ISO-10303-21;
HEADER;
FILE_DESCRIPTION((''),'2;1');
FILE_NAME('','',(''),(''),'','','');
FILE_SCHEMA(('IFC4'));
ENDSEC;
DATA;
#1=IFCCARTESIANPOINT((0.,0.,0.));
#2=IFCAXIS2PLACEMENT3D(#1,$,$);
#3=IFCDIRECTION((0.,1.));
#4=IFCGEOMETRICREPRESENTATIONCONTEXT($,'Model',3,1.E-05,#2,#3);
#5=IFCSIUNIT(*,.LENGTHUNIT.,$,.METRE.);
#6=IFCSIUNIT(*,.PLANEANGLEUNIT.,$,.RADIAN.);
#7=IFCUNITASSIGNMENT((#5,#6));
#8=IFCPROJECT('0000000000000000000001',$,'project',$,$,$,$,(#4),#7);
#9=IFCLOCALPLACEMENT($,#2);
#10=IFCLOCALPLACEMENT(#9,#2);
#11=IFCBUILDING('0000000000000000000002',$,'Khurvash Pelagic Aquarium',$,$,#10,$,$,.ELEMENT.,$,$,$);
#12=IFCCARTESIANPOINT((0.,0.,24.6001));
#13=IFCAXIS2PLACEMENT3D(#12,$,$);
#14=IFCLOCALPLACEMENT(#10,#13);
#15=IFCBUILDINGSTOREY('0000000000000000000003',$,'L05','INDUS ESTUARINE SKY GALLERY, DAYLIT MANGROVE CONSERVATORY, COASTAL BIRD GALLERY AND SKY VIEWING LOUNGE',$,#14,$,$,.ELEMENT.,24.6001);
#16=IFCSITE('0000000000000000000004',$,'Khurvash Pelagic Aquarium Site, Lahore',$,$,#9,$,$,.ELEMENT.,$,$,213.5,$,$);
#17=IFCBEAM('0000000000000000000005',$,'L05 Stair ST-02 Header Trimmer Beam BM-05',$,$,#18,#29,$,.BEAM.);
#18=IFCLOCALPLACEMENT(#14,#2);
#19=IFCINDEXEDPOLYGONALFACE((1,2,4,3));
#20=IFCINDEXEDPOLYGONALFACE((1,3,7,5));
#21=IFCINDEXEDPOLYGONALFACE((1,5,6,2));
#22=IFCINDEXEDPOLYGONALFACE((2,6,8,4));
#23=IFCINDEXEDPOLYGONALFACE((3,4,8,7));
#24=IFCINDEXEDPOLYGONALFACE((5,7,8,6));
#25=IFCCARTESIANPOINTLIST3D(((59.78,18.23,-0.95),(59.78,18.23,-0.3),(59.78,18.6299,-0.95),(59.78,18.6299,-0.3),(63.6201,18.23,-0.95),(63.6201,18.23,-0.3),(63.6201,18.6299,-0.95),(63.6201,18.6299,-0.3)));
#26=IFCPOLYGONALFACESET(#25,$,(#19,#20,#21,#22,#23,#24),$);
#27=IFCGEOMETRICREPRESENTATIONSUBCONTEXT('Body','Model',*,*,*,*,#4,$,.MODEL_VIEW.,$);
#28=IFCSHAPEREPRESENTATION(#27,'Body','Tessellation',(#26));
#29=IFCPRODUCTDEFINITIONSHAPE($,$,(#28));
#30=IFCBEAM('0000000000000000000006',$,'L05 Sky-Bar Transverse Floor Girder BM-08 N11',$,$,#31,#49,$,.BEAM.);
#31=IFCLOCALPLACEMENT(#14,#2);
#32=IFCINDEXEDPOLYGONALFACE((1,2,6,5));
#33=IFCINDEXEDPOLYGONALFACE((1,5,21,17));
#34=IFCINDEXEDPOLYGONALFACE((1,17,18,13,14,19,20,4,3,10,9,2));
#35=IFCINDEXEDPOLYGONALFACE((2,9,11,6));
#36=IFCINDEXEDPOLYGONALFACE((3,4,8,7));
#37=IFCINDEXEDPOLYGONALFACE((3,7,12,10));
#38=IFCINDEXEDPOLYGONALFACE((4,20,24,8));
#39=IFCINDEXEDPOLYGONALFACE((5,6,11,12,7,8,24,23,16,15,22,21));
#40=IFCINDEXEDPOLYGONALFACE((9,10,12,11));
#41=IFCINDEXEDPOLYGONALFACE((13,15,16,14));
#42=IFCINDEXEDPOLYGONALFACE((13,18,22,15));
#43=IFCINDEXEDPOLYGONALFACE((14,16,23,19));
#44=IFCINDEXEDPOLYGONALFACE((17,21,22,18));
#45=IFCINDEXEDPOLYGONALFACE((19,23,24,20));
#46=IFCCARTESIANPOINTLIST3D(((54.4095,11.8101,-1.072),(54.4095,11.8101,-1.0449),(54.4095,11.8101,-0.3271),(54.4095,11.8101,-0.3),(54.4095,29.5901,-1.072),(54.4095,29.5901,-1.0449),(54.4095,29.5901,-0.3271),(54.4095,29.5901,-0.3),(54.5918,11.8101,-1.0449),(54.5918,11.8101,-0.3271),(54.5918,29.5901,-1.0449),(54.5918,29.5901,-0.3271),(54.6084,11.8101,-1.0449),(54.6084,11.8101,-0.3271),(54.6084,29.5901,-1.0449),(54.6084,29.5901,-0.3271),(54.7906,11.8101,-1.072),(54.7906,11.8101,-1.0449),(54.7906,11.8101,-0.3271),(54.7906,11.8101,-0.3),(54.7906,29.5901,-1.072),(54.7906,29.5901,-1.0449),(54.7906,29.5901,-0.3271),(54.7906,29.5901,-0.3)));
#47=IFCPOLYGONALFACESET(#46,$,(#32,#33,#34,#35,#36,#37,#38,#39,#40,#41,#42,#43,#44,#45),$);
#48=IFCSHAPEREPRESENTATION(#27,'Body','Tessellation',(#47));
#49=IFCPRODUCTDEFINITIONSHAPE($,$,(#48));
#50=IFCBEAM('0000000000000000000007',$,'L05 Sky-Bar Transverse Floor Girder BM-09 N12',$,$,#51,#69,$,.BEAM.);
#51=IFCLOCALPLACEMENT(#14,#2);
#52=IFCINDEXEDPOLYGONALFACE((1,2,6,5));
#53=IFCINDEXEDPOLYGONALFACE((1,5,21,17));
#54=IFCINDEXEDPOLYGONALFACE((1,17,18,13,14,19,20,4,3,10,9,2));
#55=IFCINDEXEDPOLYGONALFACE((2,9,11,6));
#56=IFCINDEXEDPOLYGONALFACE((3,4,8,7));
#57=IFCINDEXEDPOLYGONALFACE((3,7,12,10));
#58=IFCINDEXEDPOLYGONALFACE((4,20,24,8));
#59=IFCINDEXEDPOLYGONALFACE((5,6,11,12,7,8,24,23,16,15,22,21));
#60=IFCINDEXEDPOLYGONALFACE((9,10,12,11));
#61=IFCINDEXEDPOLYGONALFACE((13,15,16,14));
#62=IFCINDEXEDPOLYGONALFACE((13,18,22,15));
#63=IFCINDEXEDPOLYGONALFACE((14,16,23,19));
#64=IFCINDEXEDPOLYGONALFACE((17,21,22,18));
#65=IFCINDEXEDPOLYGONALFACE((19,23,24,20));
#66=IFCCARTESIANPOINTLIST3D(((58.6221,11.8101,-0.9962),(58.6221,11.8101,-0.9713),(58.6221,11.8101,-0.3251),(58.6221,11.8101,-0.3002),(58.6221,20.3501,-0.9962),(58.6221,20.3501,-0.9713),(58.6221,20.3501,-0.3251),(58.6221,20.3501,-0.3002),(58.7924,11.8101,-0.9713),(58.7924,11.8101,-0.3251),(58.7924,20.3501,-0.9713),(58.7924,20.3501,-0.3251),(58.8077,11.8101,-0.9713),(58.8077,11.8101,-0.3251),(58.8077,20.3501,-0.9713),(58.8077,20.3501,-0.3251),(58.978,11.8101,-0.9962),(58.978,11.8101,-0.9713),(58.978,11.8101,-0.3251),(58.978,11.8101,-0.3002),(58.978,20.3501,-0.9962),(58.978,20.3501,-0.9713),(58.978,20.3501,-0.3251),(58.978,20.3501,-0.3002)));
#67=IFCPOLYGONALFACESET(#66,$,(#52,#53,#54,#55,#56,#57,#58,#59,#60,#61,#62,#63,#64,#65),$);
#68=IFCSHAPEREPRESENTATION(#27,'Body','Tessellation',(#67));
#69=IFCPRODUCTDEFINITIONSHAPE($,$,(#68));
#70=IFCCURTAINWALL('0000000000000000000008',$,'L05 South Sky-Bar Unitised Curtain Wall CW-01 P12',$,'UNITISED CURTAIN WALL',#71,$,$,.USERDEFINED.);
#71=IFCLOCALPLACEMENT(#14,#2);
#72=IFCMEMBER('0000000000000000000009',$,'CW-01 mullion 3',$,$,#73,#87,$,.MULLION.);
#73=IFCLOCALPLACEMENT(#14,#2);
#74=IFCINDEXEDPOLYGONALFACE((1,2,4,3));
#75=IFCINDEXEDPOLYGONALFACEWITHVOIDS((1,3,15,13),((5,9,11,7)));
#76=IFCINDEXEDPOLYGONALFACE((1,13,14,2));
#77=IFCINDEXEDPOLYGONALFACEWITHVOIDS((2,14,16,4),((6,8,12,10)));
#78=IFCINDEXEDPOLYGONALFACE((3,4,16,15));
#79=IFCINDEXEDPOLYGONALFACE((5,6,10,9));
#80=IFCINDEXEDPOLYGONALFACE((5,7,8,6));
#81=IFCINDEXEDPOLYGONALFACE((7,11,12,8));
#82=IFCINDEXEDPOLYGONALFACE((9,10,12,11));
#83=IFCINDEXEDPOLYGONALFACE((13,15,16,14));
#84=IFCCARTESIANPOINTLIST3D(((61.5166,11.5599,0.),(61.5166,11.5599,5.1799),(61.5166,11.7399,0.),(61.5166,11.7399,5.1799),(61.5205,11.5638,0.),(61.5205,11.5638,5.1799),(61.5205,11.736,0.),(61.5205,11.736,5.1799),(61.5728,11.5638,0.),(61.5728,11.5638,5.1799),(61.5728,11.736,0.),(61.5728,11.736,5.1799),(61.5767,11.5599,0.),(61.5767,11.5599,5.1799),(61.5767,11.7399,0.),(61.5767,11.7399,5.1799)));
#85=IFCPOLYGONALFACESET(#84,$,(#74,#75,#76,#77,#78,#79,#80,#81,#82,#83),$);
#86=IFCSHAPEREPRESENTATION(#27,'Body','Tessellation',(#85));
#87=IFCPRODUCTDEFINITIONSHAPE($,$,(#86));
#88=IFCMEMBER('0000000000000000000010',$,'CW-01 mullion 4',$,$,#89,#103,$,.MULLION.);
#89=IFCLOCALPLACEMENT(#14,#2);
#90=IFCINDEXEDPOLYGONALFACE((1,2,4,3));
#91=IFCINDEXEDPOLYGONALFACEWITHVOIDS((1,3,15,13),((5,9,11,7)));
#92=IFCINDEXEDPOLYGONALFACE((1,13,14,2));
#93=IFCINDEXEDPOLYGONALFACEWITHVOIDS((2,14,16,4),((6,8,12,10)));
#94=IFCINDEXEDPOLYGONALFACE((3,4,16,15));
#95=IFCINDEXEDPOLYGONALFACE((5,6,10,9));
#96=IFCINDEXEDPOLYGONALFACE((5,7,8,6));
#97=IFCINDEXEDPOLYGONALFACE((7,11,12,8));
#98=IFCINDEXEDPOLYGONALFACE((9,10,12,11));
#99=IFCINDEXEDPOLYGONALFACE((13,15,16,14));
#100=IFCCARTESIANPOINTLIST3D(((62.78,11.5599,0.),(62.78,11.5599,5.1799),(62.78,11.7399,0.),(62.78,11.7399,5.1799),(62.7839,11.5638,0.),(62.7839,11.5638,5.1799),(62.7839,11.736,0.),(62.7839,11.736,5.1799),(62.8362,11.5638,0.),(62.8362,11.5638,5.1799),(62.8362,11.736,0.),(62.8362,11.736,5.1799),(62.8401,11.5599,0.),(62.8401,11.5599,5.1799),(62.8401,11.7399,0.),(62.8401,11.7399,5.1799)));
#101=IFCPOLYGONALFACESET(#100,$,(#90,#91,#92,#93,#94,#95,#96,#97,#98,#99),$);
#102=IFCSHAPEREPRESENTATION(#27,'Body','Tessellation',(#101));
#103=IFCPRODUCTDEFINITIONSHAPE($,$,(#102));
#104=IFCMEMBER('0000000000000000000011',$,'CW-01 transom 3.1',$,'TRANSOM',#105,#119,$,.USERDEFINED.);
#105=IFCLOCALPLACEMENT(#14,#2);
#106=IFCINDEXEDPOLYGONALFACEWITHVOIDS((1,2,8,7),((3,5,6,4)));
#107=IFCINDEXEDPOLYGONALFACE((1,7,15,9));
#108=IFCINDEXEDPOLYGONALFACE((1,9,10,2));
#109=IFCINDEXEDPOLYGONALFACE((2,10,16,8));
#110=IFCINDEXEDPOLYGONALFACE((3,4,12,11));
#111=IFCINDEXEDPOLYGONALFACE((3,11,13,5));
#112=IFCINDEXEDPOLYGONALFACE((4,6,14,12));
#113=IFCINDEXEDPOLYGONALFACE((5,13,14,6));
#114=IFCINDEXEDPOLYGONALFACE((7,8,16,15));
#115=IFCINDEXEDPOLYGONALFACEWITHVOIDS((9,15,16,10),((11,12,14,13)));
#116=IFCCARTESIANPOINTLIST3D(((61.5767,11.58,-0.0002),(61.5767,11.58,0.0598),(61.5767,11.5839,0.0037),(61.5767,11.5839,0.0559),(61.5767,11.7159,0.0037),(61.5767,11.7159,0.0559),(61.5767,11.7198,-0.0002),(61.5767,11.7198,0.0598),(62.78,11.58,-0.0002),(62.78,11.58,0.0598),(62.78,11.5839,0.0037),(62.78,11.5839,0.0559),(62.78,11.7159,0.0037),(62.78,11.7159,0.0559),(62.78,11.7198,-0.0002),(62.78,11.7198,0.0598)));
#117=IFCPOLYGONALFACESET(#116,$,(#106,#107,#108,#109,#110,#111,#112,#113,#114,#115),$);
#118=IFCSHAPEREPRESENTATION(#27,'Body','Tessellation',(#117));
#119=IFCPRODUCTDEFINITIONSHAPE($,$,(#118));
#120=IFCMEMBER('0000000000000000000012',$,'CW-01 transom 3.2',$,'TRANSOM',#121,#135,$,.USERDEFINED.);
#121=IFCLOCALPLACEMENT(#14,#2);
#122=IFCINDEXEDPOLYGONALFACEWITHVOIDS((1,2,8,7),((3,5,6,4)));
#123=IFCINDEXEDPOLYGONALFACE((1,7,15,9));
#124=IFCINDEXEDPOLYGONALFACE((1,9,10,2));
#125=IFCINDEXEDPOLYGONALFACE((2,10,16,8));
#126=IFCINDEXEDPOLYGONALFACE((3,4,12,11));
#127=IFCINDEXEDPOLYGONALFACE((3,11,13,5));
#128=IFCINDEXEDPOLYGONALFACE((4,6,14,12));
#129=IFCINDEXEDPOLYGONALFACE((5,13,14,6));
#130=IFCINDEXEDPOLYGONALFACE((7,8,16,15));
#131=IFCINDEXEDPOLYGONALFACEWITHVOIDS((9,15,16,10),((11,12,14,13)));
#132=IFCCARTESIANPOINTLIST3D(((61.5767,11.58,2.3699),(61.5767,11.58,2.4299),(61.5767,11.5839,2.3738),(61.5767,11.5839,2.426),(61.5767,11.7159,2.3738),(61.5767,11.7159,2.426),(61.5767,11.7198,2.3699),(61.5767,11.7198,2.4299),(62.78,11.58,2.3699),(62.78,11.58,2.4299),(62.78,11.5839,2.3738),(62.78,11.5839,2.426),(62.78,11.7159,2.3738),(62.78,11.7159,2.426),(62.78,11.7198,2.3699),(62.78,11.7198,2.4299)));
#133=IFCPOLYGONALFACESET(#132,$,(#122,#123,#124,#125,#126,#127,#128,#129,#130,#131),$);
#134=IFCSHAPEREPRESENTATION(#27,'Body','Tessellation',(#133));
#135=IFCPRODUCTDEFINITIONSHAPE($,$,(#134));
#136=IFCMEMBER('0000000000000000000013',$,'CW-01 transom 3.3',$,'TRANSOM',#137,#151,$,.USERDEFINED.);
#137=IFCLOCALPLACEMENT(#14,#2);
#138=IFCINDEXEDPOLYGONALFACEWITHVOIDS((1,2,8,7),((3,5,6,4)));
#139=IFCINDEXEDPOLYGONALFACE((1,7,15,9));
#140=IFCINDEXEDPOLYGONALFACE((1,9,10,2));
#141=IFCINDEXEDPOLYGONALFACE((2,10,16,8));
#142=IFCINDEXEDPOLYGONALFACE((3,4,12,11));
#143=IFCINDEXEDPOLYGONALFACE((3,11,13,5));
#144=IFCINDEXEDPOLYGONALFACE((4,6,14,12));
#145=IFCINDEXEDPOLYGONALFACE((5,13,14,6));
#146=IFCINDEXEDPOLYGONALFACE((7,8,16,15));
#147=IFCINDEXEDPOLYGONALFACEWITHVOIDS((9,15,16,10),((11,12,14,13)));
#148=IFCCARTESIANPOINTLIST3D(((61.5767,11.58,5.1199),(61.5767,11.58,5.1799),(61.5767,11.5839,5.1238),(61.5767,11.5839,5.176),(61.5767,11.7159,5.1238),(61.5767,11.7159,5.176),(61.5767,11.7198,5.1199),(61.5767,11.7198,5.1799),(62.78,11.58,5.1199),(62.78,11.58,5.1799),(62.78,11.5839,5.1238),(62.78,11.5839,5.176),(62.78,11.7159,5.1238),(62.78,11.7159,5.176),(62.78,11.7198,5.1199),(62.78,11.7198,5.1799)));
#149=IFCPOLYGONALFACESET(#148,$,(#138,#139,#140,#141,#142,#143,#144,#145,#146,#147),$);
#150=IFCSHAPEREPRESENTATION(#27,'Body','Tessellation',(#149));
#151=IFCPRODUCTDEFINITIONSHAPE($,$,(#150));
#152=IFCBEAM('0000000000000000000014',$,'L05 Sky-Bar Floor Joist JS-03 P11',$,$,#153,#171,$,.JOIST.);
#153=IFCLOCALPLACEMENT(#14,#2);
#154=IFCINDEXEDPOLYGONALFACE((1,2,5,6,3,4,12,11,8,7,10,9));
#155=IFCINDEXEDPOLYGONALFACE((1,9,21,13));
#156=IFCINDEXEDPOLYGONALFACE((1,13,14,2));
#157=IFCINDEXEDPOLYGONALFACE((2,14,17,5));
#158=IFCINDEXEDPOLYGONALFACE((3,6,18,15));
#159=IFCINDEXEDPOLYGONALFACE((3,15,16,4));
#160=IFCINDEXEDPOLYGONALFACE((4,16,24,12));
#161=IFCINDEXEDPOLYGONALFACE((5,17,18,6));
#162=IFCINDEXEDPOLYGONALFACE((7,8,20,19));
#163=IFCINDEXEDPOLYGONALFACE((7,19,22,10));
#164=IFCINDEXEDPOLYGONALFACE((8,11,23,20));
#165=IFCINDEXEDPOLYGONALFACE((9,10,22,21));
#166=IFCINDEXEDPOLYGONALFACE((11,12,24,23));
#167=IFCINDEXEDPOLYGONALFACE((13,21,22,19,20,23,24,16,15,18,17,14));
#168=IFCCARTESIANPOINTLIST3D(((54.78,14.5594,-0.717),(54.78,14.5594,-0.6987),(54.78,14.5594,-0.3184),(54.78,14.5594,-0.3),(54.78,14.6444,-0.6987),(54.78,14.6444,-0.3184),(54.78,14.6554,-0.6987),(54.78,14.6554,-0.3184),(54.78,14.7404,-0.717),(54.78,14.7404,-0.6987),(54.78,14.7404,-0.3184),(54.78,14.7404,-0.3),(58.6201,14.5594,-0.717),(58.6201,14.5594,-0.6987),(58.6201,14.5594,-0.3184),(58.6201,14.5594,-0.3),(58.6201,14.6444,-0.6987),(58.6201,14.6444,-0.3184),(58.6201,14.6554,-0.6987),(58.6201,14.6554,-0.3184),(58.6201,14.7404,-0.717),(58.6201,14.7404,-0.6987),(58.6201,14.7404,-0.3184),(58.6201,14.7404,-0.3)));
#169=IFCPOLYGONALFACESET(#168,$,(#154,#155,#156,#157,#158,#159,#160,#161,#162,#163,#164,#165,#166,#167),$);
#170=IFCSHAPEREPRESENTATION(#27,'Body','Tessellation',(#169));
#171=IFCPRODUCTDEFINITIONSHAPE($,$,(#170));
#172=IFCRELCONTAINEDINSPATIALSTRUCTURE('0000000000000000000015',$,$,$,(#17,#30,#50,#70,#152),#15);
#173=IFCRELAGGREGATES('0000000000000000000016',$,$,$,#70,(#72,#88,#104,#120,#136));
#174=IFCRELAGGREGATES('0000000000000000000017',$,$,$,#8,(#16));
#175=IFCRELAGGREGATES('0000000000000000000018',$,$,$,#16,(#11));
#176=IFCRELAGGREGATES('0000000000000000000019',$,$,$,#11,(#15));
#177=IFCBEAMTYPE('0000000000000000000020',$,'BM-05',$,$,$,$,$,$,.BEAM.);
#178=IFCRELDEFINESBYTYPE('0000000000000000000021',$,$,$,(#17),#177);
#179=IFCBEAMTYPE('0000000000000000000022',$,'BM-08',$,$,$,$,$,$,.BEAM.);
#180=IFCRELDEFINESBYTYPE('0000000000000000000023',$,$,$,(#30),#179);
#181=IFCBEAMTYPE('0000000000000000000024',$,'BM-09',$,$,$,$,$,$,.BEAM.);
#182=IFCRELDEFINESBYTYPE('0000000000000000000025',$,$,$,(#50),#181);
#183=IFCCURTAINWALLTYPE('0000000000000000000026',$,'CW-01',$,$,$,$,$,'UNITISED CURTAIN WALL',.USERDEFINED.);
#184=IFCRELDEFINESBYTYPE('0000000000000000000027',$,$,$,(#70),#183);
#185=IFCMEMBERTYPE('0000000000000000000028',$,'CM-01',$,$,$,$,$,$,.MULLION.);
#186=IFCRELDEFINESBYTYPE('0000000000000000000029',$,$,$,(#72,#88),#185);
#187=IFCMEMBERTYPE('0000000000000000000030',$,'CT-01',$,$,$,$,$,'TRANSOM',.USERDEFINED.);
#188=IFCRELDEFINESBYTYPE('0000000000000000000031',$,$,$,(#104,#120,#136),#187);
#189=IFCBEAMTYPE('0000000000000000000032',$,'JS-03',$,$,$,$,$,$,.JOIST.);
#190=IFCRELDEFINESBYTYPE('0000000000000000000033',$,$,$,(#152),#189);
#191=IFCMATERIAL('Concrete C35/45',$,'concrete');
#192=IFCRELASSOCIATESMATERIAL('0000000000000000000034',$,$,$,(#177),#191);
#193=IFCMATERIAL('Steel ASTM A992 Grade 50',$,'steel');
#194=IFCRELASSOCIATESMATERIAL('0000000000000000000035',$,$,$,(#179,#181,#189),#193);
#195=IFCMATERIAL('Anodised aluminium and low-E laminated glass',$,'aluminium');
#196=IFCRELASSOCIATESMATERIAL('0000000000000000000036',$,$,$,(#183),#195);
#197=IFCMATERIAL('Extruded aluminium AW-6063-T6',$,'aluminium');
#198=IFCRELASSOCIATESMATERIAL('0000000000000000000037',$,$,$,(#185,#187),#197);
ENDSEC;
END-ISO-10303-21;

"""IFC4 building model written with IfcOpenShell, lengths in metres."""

from ifc_helpers import new_model, si_unit, direction, frame, origin, origin_2d, place, context, subcontext, project, spatial, rectangle, hollow_rectangle, i_section, extrude, material, material_profile, profile_set, type_object, element, aggregate, save


model = new_model("IFC4")

# Units and contexts
model_context = context("Model", 3, precision=1e-05, world=origin(), true_north=direction((0.0, 1.0)))
body_context = subcontext(model_context, "Body", "Model", "MODEL_VIEW")
ifc_project = project(units=[si_unit("LENGTHUNIT", "METRE"), si_unit("PLANEANGLEUNIT", "RADIAN")], contexts=[model_context])

# Site, building, storey
site_placement = place(None, origin())
site = spatial("IfcSite", under=ifc_project, at=site_placement, Name="Khurvash Pelagic Aquarium Site, Lahore", CompositionType="ELEMENT", RefElevation=213.5)
building_placement = place(site_placement, origin())
building = spatial("IfcBuilding", under=site, at=building_placement, Name="Khurvash Pelagic Aquarium", CompositionType="ELEMENT")
storey_placement = place(building_placement, frame((0.0, 0.0, 24.6001)))
storey = spatial("IfcBuildingStorey", under=building, at=storey_placement, Name="L05", Description="INDUS ESTUARINE SKY GALLERY, DAYLIT MANGROVE CONSERVATORY, COASTAL BIRD GALLERY AND SKY VIEWING LOUNGE", CompositionType="ELEMENT", Elevation=24.6001)

# Beams
ifc_material_1 = material(Name="Concrete C35/45", Category="concrete")
ifc_material_profile_1 = material_profile(ifc_material_1, rectangle(XDim=0.3999, YDim=0.6499, at=origin_2d()), Name="RC400X650")
ifc_profile_set_1 = profile_set([ifc_material_profile_1], Name="Concrete C35/45")
beam_type_1 = type_object("IfcBeamType", Name="BM-05", PredefinedType="BEAM", material=ifc_profile_set_1)
beam_1_placement = place(storey_placement, frame((59.78, 18.4299, -0.625), z_axis=(1.0, 0.0, 0.0), x_axis=(0.0, 1.0, 0.0)))
element("IfcBeam", 1, at=beam_1_placement, inside=storey, type_object=beam_type_1, Name="L05 Stair ST-02 Header Trimmer Beam BM-05", PredefinedType="BEAM", context=body_context, shape_type="SweptSolid", body=[
    extrude(rectangle(XDim=0.3999, YDim=0.6499, at=origin_2d()), origin(), (0.0, 0.0, 1.0), 3.8401),
])
ifc_material_2 = material(Name="Steel ASTM A992 Grade 50", Category="steel")
ifc_material_profile_2 = material_profile(ifc_material_2, i_section(OverallWidth=0.3811, OverallDepth=0.772, WebThickness=0.0166, FlangeThickness=0.0271, at=origin_2d()), Name="W30X173")
ifc_profile_set_2 = profile_set([ifc_material_profile_2], Name="Steel ASTM A992 Grade 50")
beam_type_2 = type_object("IfcBeamType", Name="BM-08", PredefinedType="BEAM", material=ifc_profile_set_2)
beam_2_placement = place(storey_placement, frame((54.6001, 11.8101, -0.686), z_axis=(0.0, 1.0, 0.0), x_axis=(-1.0, 0.0, 0.0)))
element("IfcBeam", 2, at=beam_2_placement, inside=storey, type_object=beam_type_2, Name="L05 Sky-Bar Transverse Floor Girder BM-08 N11", PredefinedType="BEAM", context=body_context, shape_type="SweptSolid", body=[
    extrude(i_section(OverallWidth=0.3811, OverallDepth=0.772, WebThickness=0.0166, FlangeThickness=0.0271, at=origin_2d()), origin(), (0.0, 0.0, 1.0), 17.78),
])
ifc_material_profile_3 = material_profile(ifc_material_2, i_section(OverallWidth=0.356, OverallDepth=0.696, WebThickness=0.0154, FlangeThickness=0.0249, at=origin_2d()), Name="W27X146")
ifc_profile_set_3 = profile_set([ifc_material_profile_3], Name="Steel ASTM A992 Grade 50")
beam_type_3 = type_object("IfcBeamType", Name="BM-09", PredefinedType="BEAM", material=ifc_profile_set_3)
beam_3_placement = place(storey_placement, frame((58.8, 11.8101, -0.6482), z_axis=(0.0, 1.0, 0.0), x_axis=(-1.0, 0.0, 0.0)))
element("IfcBeam", 3, at=beam_3_placement, inside=storey, type_object=beam_type_3, Name="L05 Sky-Bar Transverse Floor Girder BM-09 N12", PredefinedType="BEAM", context=body_context, shape_type="SweptSolid", body=[
    extrude(i_section(OverallWidth=0.356, OverallDepth=0.696, WebThickness=0.0154, FlangeThickness=0.0249, at=origin_2d()), origin(), (0.0, 0.0, 1.0), 8.54),
])

# Curtain wall, members
ifc_material_3 = material(Name="Anodised aluminium and low-E laminated glass", Category="aluminium")
curtain_wall_type = type_object("IfcCurtainWallType", Name="CW-01", ElementType="UNITISED CURTAIN WALL", PredefinedType="USERDEFINED", material=ifc_material_3)
curtain_wall_placement = place(storey_placement, origin())
curtain_wall = element("IfcCurtainWall", 4, at=curtain_wall_placement, inside=storey, type_object=curtain_wall_type, Name="L05 South Sky-Bar Unitised Curtain Wall CW-01 P12", ObjectType="UNITISED CURTAIN WALL", PredefinedType="USERDEFINED")
ifc_material_4 = material(Name="Extruded aluminium AW-6063-T6", Category="aluminium")
ifc_material_profile_4 = material_profile(ifc_material_4, hollow_rectangle(XDim=0.0601, YDim=0.1799, WallThickness=0.0039, at=origin_2d()), Name="CWM60X180X4")
ifc_profile_set_4 = profile_set([ifc_material_profile_4], Name="Extruded aluminium AW-6063-T6")
member_type_1 = type_object("IfcMemberType", Name="CM-01", PredefinedType="MULLION", material=ifc_profile_set_4)
member_1_placement = place(storey_placement, frame((61.5466, 11.6499, 0.0), z_axis=(0.0, 0.0, 1.0), x_axis=(1.0, 0.0, 0.0)))
member_1 = element("IfcMember", 5, at=member_1_placement, type_object=member_type_1, Name="CW-01 mullion 3", PredefinedType="MULLION", context=body_context, shape_type="SweptSolid", body=[
    extrude(hollow_rectangle(XDim=0.0601, YDim=0.1799, WallThickness=0.0039, at=origin_2d()), origin(), (0.0, 0.0, 1.0), 5.1799),
])
member_2_placement = place(storey_placement, frame((62.8101, 11.6499, 0.0), z_axis=(0.0, 0.0, 1.0), x_axis=(1.0, 0.0, 0.0)))
member_2 = element("IfcMember", 6, at=member_2_placement, type_object=member_type_1, Name="CW-01 mullion 4", PredefinedType="MULLION", context=body_context, shape_type="SweptSolid", body=[
    extrude(hollow_rectangle(XDim=0.0601, YDim=0.1799, WallThickness=0.0039, at=origin_2d()), origin(), (0.0, 0.0, 1.0), 5.1799),
])
ifc_material_profile_5 = material_profile(ifc_material_4, hollow_rectangle(XDim=0.1399, YDim=0.0601, WallThickness=0.0039, at=origin_2d()), Name="CWT140X60X4")
ifc_profile_set_5 = profile_set([ifc_material_profile_5], Name="Extruded aluminium AW-6063-T6")
member_type_2 = type_object("IfcMemberType", Name="CT-01", ElementType="TRANSOM", PredefinedType="USERDEFINED", material=ifc_profile_set_5)
member_3_placement = place(storey_placement, frame((61.5767, 11.6499, 0.0298), z_axis=(1.0, 0.0, 0.0), x_axis=(0.0, 1.0, 0.0)))
member_3 = element("IfcMember", 7, at=member_3_placement, type_object=member_type_2, Name="CW-01 transom 3.1", ObjectType="TRANSOM", PredefinedType="USERDEFINED", context=body_context, shape_type="SweptSolid", body=[
    extrude(hollow_rectangle(XDim=0.1399, YDim=0.0601, WallThickness=0.0039, at=origin_2d()), origin(), (0.0, 0.0, 1.0), 1.2034),
])
member_4_placement = place(storey_placement, frame((61.5767, 11.6499, 2.3999), z_axis=(1.0, 0.0, 0.0), x_axis=(0.0, 1.0, 0.0)))
member_4 = element("IfcMember", 8, at=member_4_placement, type_object=member_type_2, Name="CW-01 transom 3.2", ObjectType="TRANSOM", PredefinedType="USERDEFINED", context=body_context, shape_type="SweptSolid", body=[
    extrude(hollow_rectangle(XDim=0.1399, YDim=0.0601, WallThickness=0.0039, at=origin_2d()), origin(), (0.0, 0.0, 1.0), 1.2034),
])
member_5_placement = place(storey_placement, frame((61.5767, 11.6499, 5.1499), z_axis=(1.0, 0.0, 0.0), x_axis=(0.0, 1.0, 0.0)))
member_5 = element("IfcMember", 9, at=member_5_placement, type_object=member_type_2, Name="CW-01 transom 3.3", ObjectType="TRANSOM", PredefinedType="USERDEFINED", context=body_context, shape_type="SweptSolid", body=[
    extrude(hollow_rectangle(XDim=0.1399, YDim=0.0601, WallThickness=0.0039, at=origin_2d()), origin(), (0.0, 0.0, 1.0), 1.2034),
])

# Beam
ifc_material_profile_6 = material_profile(ifc_material_2, i_section(OverallWidth=0.1809, OverallDepth=0.417, WebThickness=0.011, FlangeThickness=0.0183, at=origin_2d()), Name="W16X57")
ifc_profile_set_6 = profile_set([ifc_material_profile_6], Name="Steel ASTM A992 Grade 50")
beam_type_4 = type_object("IfcBeamType", Name="JS-03", PredefinedType="JOIST", material=ifc_profile_set_6)
for number, where, z_axis, x_axis, name in (
    (10, (54.78, 14.6499, -0.5085), (1.0, 0.0, 0.0), (0.0, 1.0, 0.0), "L05 Sky-Bar Floor Joist JS-03 P11"),
):
    element("IfcBeam", number, at=place(storey_placement, frame(where, z_axis=z_axis, x_axis=x_axis)), inside=storey, type_object=beam_type_4, Name=name, PredefinedType="JOIST", context=body_context, shape_type="SweptSolid", body=[
        extrude(i_section(OverallWidth=0.1809, OverallDepth=0.417, WebThickness=0.011, FlangeThickness=0.0183, at=origin_2d()), origin(), (0.0, 0.0, 1.0), 3.8401),
    ])

aggregate(curtain_wall, [member_1, member_2, member_3, member_4, member_5])

save(model, "model.ifc")
